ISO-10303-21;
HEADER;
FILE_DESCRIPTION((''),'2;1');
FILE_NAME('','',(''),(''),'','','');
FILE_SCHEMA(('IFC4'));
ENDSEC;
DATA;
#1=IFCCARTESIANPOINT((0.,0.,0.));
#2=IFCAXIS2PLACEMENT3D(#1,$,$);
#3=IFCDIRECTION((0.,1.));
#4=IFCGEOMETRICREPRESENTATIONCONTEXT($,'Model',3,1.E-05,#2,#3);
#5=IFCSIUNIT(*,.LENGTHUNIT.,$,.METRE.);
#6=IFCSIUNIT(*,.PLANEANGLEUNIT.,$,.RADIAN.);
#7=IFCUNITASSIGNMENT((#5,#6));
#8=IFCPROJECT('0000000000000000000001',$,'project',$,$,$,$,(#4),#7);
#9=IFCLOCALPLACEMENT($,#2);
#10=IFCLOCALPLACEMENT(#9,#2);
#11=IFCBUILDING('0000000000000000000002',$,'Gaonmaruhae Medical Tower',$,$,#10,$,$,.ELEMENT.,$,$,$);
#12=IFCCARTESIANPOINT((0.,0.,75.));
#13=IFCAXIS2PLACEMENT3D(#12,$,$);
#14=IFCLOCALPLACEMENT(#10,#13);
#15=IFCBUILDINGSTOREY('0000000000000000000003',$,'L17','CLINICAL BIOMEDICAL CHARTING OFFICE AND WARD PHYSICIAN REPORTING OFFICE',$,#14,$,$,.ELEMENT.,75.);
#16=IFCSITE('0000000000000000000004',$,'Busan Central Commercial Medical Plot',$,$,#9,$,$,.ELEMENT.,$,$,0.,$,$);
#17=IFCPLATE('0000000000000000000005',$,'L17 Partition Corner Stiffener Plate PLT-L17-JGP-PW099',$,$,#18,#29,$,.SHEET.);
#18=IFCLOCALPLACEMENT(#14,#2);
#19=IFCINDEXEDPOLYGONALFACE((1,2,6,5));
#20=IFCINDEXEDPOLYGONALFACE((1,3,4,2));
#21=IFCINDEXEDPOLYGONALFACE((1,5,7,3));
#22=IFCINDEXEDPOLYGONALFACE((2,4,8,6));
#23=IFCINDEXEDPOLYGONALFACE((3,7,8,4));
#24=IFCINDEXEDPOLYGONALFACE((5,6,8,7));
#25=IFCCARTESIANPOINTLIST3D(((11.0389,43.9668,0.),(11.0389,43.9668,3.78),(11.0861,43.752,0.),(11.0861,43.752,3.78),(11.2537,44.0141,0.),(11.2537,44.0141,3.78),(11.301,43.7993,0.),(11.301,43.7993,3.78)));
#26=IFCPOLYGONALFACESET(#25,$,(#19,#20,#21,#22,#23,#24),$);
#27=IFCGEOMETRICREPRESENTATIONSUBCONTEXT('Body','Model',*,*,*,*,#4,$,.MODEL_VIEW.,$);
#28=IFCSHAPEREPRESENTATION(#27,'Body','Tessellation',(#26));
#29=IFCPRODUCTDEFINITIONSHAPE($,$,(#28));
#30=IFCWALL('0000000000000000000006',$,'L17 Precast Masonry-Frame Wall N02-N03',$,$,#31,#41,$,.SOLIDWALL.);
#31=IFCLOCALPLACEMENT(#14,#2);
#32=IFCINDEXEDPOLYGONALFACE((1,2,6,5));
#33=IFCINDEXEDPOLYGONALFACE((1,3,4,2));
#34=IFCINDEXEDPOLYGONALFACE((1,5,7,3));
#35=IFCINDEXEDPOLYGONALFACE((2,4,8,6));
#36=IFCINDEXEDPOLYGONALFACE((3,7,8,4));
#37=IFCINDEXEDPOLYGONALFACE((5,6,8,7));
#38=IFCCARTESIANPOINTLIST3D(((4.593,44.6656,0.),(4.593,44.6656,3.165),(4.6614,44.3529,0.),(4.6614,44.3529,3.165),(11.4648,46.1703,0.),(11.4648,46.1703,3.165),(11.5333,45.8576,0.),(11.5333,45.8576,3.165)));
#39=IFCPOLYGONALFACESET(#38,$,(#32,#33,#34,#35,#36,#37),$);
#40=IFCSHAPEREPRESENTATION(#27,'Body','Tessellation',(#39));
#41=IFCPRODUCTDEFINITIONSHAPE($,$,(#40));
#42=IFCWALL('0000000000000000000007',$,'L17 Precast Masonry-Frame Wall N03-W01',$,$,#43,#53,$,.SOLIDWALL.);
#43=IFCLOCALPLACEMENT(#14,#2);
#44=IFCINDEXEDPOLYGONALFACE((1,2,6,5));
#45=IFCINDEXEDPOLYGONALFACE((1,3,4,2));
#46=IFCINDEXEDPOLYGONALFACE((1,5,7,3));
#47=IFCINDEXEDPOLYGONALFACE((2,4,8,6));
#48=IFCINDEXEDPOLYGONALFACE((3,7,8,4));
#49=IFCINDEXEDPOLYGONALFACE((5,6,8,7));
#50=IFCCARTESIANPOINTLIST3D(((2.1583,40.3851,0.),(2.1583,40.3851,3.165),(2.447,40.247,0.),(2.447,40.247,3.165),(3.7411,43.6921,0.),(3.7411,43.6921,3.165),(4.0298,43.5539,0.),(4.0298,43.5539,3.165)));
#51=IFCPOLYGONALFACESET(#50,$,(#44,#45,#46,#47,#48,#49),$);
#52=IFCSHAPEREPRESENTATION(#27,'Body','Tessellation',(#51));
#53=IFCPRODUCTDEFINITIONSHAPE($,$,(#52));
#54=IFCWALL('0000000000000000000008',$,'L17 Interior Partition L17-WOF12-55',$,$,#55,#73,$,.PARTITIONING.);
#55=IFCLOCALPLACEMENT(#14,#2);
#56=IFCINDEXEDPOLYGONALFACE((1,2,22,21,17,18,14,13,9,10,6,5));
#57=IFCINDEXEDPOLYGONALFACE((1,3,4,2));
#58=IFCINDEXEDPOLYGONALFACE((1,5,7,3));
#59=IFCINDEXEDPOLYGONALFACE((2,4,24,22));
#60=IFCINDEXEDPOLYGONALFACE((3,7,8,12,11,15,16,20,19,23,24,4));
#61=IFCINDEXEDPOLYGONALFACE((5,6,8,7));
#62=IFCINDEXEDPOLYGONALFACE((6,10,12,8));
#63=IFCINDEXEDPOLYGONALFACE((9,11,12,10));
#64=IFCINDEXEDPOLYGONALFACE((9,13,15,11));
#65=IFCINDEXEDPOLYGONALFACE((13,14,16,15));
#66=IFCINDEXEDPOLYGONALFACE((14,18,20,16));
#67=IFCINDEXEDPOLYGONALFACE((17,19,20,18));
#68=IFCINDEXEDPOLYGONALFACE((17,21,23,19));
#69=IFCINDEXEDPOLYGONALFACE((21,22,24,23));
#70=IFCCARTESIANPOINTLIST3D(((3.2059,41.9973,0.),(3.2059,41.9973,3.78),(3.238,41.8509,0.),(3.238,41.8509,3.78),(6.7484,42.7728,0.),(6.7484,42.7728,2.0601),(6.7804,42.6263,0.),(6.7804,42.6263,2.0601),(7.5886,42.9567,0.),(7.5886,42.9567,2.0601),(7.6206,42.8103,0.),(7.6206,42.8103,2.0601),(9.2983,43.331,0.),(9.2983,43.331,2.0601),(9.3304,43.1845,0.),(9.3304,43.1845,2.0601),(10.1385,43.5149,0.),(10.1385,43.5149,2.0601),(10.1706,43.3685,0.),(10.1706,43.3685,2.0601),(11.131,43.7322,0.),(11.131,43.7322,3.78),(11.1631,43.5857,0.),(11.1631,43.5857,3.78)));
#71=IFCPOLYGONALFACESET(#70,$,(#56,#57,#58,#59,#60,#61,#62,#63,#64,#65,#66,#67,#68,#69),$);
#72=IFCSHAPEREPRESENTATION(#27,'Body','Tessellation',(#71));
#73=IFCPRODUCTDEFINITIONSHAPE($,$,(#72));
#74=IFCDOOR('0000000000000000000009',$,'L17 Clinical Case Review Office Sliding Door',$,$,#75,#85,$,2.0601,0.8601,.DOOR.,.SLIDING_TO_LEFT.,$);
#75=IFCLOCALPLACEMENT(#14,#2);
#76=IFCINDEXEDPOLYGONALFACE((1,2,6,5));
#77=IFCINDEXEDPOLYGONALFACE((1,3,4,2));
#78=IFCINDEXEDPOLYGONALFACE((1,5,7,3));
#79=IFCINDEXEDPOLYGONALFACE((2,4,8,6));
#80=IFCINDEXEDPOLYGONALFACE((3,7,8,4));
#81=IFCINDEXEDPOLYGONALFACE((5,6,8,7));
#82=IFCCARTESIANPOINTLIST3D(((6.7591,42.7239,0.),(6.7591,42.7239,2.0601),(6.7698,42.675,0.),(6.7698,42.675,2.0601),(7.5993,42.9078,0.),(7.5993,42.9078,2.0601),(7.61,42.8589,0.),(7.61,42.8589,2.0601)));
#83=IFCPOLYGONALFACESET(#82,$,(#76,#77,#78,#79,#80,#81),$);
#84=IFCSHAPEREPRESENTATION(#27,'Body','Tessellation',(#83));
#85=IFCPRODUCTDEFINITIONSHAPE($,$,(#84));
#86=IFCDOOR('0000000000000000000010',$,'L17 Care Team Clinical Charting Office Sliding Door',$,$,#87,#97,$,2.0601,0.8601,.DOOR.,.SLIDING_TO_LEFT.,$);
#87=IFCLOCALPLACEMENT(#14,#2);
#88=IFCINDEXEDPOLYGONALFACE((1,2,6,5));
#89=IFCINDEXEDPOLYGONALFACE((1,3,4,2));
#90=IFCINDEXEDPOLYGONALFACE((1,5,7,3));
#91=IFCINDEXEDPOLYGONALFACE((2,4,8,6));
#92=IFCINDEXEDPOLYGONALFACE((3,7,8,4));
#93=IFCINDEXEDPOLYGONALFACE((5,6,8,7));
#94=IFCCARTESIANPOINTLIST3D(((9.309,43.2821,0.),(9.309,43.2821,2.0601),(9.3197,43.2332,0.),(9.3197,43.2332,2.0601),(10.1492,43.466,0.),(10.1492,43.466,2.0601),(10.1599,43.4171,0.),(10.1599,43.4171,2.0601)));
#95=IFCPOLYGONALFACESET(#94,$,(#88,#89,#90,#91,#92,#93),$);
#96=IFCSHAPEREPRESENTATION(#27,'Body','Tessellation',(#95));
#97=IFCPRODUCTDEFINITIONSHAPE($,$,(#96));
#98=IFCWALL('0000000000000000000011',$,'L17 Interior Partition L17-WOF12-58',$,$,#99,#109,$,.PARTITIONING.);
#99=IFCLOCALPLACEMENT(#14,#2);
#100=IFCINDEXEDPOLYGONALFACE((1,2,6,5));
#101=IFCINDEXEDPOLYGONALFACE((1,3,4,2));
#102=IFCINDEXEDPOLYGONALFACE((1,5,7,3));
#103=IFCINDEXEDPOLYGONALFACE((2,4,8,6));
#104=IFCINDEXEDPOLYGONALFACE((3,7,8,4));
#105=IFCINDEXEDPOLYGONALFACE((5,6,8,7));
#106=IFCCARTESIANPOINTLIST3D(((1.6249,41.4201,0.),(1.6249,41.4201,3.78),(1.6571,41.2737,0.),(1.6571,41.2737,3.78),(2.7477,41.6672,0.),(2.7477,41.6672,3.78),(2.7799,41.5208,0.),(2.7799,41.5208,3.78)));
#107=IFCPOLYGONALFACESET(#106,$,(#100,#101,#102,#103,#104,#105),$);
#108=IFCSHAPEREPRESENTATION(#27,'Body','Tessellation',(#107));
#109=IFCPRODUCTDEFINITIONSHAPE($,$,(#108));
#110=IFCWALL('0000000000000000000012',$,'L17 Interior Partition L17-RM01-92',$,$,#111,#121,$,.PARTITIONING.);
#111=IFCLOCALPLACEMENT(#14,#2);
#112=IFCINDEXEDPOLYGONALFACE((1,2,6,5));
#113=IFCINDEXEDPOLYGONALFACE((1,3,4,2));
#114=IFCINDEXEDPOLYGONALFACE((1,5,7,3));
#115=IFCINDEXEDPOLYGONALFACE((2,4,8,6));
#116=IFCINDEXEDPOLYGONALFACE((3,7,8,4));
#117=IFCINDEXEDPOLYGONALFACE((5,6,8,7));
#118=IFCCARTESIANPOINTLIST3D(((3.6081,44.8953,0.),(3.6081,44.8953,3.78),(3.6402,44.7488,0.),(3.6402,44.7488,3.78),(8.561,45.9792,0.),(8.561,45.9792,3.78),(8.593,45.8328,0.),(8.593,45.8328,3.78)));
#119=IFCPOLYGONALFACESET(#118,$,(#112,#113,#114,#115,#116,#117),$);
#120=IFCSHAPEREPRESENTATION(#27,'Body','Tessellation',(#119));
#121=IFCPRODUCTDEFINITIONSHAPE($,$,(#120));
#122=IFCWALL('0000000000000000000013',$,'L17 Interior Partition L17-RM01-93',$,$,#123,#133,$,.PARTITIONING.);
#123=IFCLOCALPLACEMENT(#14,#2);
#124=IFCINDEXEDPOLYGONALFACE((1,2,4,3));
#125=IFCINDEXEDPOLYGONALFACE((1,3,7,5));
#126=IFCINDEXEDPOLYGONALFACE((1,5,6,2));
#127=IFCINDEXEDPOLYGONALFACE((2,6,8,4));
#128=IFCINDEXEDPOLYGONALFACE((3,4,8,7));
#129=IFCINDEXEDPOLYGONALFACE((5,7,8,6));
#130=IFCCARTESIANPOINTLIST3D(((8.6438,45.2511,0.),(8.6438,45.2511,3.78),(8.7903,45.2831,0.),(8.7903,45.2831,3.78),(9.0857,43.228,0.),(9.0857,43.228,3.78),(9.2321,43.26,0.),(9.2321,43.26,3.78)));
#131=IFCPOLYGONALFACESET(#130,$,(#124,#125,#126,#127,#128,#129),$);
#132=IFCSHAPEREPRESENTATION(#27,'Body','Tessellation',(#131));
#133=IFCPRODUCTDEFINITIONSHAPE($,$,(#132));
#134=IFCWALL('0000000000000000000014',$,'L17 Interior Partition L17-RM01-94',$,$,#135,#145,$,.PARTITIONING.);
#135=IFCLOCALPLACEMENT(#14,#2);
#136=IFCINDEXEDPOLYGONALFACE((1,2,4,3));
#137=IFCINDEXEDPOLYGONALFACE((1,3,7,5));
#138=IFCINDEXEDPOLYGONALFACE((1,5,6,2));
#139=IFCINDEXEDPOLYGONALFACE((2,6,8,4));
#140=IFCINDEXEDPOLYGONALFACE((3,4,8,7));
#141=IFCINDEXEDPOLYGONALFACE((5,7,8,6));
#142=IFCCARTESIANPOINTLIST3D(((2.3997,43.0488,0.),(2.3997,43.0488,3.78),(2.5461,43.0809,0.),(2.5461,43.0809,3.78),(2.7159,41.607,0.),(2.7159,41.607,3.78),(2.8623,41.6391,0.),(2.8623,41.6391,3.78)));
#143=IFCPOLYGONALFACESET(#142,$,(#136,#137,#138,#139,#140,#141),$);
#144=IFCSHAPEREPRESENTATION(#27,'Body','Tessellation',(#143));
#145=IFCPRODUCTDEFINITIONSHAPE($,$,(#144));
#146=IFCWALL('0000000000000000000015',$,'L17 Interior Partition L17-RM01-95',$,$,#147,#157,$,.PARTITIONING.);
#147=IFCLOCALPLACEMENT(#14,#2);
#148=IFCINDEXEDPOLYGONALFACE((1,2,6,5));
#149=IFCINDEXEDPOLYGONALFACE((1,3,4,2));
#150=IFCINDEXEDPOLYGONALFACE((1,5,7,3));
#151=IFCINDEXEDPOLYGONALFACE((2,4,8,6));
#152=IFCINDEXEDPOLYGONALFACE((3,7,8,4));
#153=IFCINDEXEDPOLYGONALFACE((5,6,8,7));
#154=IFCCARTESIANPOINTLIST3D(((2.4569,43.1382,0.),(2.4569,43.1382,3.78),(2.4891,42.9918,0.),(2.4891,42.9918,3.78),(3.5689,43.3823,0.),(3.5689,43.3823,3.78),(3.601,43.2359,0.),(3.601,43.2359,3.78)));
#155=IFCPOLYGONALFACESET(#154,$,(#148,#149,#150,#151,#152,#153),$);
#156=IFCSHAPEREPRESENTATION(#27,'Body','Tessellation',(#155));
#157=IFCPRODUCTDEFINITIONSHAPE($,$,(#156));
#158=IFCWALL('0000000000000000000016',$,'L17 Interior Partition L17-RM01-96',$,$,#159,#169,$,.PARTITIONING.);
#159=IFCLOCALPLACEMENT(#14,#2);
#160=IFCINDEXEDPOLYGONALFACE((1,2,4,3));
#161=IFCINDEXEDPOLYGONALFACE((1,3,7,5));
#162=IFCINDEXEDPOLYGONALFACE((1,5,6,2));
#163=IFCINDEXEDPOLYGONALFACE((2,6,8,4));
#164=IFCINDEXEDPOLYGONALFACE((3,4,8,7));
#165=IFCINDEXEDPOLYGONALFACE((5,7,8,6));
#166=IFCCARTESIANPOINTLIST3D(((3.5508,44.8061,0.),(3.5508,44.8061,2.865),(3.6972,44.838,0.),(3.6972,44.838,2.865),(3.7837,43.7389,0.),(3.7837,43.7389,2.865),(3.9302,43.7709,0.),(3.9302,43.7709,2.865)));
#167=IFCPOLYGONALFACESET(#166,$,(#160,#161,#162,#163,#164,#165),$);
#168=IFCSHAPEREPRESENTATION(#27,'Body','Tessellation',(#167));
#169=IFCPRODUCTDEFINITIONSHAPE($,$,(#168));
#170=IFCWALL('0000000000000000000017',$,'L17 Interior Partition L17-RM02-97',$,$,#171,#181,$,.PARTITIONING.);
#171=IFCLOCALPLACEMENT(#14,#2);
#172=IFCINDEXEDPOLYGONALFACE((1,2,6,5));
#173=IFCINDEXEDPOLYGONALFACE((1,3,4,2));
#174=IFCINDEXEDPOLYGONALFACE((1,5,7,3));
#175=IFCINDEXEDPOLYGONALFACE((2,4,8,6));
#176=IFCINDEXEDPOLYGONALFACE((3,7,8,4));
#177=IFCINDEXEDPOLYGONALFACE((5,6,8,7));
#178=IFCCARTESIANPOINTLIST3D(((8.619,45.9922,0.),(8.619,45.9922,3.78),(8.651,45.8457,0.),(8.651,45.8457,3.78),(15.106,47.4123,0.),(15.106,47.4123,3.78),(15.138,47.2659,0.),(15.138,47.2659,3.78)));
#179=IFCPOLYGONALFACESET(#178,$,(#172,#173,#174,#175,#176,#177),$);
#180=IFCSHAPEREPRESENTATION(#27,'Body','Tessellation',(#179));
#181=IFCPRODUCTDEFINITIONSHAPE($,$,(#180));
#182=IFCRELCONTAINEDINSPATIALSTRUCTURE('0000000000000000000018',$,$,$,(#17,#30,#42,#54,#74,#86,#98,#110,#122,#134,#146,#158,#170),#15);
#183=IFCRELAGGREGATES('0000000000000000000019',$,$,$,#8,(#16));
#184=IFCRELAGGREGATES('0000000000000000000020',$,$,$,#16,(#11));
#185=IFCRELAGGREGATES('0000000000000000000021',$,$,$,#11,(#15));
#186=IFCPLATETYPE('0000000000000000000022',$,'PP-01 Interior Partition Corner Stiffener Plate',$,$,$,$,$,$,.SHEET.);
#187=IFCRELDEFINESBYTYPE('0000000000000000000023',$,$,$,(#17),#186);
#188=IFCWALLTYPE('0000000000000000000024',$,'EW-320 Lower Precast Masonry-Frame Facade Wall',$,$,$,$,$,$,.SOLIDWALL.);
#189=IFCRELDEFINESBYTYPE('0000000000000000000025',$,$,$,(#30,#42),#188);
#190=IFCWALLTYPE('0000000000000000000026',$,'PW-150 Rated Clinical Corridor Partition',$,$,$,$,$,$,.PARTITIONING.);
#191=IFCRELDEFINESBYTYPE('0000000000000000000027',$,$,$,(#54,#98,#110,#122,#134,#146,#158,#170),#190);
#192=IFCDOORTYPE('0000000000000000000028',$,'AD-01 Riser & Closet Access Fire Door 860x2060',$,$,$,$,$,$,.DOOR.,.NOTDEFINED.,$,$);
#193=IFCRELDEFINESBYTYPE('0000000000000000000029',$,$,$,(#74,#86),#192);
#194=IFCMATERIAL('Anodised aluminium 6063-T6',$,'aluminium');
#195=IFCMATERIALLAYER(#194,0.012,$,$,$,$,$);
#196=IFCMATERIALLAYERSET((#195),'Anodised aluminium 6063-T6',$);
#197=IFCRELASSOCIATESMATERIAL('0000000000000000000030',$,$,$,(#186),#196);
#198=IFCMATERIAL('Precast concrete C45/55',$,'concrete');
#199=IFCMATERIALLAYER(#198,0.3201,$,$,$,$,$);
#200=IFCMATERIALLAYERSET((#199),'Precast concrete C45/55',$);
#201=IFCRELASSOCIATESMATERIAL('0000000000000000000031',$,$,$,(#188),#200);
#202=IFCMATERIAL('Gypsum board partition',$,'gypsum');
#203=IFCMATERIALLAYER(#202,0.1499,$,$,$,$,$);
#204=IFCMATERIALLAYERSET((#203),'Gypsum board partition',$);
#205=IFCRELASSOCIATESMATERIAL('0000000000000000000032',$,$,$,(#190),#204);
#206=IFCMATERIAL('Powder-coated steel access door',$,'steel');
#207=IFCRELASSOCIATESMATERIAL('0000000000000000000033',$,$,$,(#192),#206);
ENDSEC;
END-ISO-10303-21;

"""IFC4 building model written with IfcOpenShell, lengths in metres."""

from ifc_helpers import new_model, si_unit, direction, frame, frame_2d, origin, origin_2d, place, context, subcontext, project, spatial, rectangle, extrude, material, layer, layer_set, type_object, element, fill, save


model = new_model("IFC4")

# Units and contexts
model_context = context("Model", 3, precision=1e-05, world=origin(), true_north=direction((0.0, 1.0)))
body_context = subcontext(model_context, "Body", "Model", "MODEL_VIEW")
ifc_project = project(units=[si_unit("LENGTHUNIT", "METRE"), si_unit("PLANEANGLEUNIT", "RADIAN")], contexts=[model_context])

# Site, building, storey
site_placement = place(None, origin())
site = spatial("IfcSite", under=ifc_project, at=site_placement, Name="Busan Central Commercial Medical Plot", CompositionType="ELEMENT", RefElevation=0.0)
building_placement = place(site_placement, origin())
building = spatial("IfcBuilding", under=site, at=building_placement, Name="Gaonmaruhae Medical Tower", CompositionType="ELEMENT")
storey_placement = place(building_placement, frame((0.0, 0.0, 75.0)))
storey = spatial("IfcBuildingStorey", under=building, at=storey_placement, Name="L17", Description="CLINICAL BIOMEDICAL CHARTING OFFICE AND WARD PHYSICIAN REPORTING OFFICE", CompositionType="ELEMENT", Elevation=75.0)

# Plate
ifc_material_1 = material(Name="Anodised aluminium 6063-T6", Category="aluminium")
ifc_layer_1 = layer(ifc_material_1, 0.012)
ifc_layer_set_1 = layer_set([ifc_layer_1], Name="Anodised aluminium 6063-T6")
plate_type_1 = type_object("IfcPlateType", Name="PP-01 Interior Partition Corner Stiffener Plate", PredefinedType="SHEET", material=ifc_layer_set_1)
plate_1_placement = place(storey_placement, frame((11.1699, 43.8831, 0.0), z_axis=(0.0, 0.0, 1.0), x_axis=(0.214957, -0.976624, 0.0)))
element("IfcPlate", 1, at=plate_1_placement, inside=storey, type_object=plate_type_1, Name="L17 Partition Corner Stiffener Plate PLT-L17-JGP-PW099", PredefinedType="SHEET", context=body_context, shape_type="SweptSolid", body=[
    extrude(rectangle(XDim=0.22, YDim=0.22, at=origin_2d()), origin(), (0.0, 0.0, 1.0), 3.78),
])

# Walls
ifc_material_2 = material(Name="Precast concrete C45/55", Category="concrete")
ifc_layer_2 = layer(ifc_material_2, 0.3201)
ifc_layer_set_2 = layer_set([ifc_layer_2], Name="Precast concrete C45/55")
wall_type_1 = type_object("IfcWallType", Name="EW-320 Lower Precast Masonry-Frame Facade Wall", PredefinedType="SOLIDWALL", material=ifc_layer_set_2)
wall_1_placement = place(storey_placement, frame((4.6272, 44.5093, 0.0), z_axis=(0.0, 0.0, 1.0), x_axis=(0.976858, 0.21389, 0.0)))
element("IfcWall", 2, at=wall_1_placement, inside=storey, type_object=wall_type_1, Name="L17 Precast Masonry-Frame Wall N02-N03", PredefinedType="SOLIDWALL", context=body_context, shape_type="SweptSolid", body=[
    extrude(rectangle(XDim=7.0347, YDim=0.3201, at=frame_2d((3.5173, 0.0))), origin(), (0.0, 0.0, 1.0), 3.165),
])
wall_2_placement = place(storey_placement, frame((2.3027, 40.3162, 0.0), z_axis=(0.0, 0.0, 1.0), x_axis=(0.431724, 0.902006, 0.0)))
element("IfcWall", 3, at=wall_2_placement, inside=storey, type_object=wall_type_1, Name="L17 Precast Masonry-Frame Wall N03-W01", PredefinedType="SOLIDWALL", context=body_context, shape_type="SweptSolid", body=[
    extrude(rectangle(XDim=3.6663, YDim=0.3201, at=frame_2d((1.833, 0.0))), origin(), (0.0, 0.0, 1.0), 3.165),
])

# Wall, openings, doors
ifc_material_3 = material(Name="Gypsum board partition", Category="gypsum")
ifc_layer_3 = layer(ifc_material_3, 0.1499)
ifc_layer_set_3 = layer_set([ifc_layer_3], Name="Gypsum board partition")
wall_type_2 = type_object("IfcWallType", Name="PW-150 Rated Clinical Corridor Partition", PredefinedType="PARTITIONING", material=ifc_layer_set_3)
wall_3_placement = place(storey_placement, frame((3.2219, 41.9241, 0.0), z_axis=(0.0, 0.0, 1.0), x_axis=(0.976868, 0.213845, 0.0)))
wall_3 = element("IfcWall", 4, at=wall_3_placement, inside=storey, type_object=wall_type_2, Name="L17 Interior Partition L17-WOF12-55", PredefinedType="PARTITIONING", context=body_context, shape_type="SweptSolid", body=[
    extrude(rectangle(XDim=8.1128, YDim=0.1499, at=frame_2d((4.0564, 0.0))), origin(), (0.0, 0.0, 1.0), 3.78),
])
opening_1_placement = place(wall_3_placement, frame((3.6262, 0.0, 0.0)))
opening_1 = element("IfcOpeningElement", 5, at=opening_1_placement, cuts=wall_3, PredefinedType="OPENING", context=body_context, shape_type="SweptSolid", body=[
    extrude(rectangle(XDim=0.8601, YDim=2.0601, at=frame_2d((0.4302, 1.03))), frame((0.0, 0.085, 0.0), z_axis=(0.0, -1.0, 0.0), x_axis=(1.0, 0.0, 0.0)), (0.0, 0.0, 1.0), 0.1699),
])
opening_2_placement = place(wall_3_placement, frame((6.2366, 0.0, 0.0)))
opening_2 = element("IfcOpeningElement", 6, at=opening_2_placement, cuts=wall_3, PredefinedType="OPENING", context=body_context, shape_type="SweptSolid", body=[
    extrude(rectangle(XDim=0.8601, YDim=2.0601, at=frame_2d((0.4302, 1.03))), frame((0.0, 0.085, 0.0), z_axis=(0.0, -1.0, 0.0), x_axis=(1.0, 0.0, 0.0)), (0.0, 0.0, 1.0), 0.1699),
])
ifc_material_4 = material(Name="Powder-coated steel access door", Category="steel")
door_type_1 = type_object("IfcDoorType", Name="AD-01 Riser & Closet Access Fire Door 860x2060", OperationType="NOTDEFINED", PredefinedType="DOOR", material=ifc_material_4)
door_1_placement = place(opening_1_placement, origin())
door_1 = element("IfcDoor", 7, at=door_1_placement, inside=storey, type_object=door_type_1, Name="L17 Clinical Case Review Office Sliding Door", OperationType="SLIDING_TO_LEFT", OverallHeight=2.0601, OverallWidth=0.8601, PredefinedType="DOOR", context=body_context, shape_type="SweptSolid", body=[
    extrude(rectangle(XDim=0.8601, YDim=2.0601, at=frame_2d((0.4302, 1.03))), frame((0.0, 0.0249, 0.0), z_axis=(0.0, -1.0, 0.0), x_axis=(1.0, 0.0, 0.0)), (0.0, 0.0, 1.0), 0.05),
])
fill(opening_1, door_1)
door_2_placement = place(opening_2_placement, origin())
door_2 = element("IfcDoor", 8, at=door_2_placement, inside=storey, type_object=door_type_1, Name="L17 Care Team Clinical Charting Office Sliding Door", OperationType="SLIDING_TO_LEFT", OverallHeight=2.0601, OverallWidth=0.8601, PredefinedType="DOOR", context=body_context, shape_type="SweptSolid", body=[
    extrude(rectangle(XDim=0.8601, YDim=2.0601, at=frame_2d((0.4302, 1.03))), frame((0.0, 0.0249, 0.0), z_axis=(0.0, -1.0, 0.0), x_axis=(1.0, 0.0, 0.0)), (0.0, 0.0, 1.0), 0.05),
])
fill(opening_2, door_2)

# Walls
wall_4_placement = place(storey_placement, frame((1.6411, 41.3469, 0.0), z_axis=(0.0, 0.0, 1.0), x_axis=(0.976635, 0.214906, 0.0)))
element("IfcWall", 9, at=wall_4_placement, inside=storey, type_object=wall_type_2, Name="L17 Interior Partition L17-WOF12-58", PredefinedType="PARTITIONING", context=body_context, shape_type="SweptSolid", body=[
    extrude(rectangle(XDim=1.1497, YDim=0.1499, at=frame_2d((0.5747, 0.0))), origin(), (0.0, 0.0, 1.0), 3.78),
])
wall_5_placement = place(storey_placement, frame((3.624, 44.822, 0.0), z_axis=(0.0, 0.0, 1.0), x_axis=(0.976878, 0.213799, 0.0)))
element("IfcWall", 10, at=wall_5_placement, inside=storey, type_object=wall_type_2, Name="L17 Interior Partition L17-RM01-92", PredefinedType="PARTITIONING", context=body_context, shape_type="SweptSolid", body=[
    extrude(rectangle(XDim=5.0701, YDim=0.1499, at=frame_2d((2.5352, 0.0))), origin(), (0.0, 0.0, 1.0), 3.78),
])
wall_6_placement = place(storey_placement, frame((8.717, 45.2671, 0.0), z_axis=(0.0, 0.0, 1.0), x_axis=(0.213384, -0.976968, 0.0)))
element("IfcWall", 11, at=wall_6_placement, inside=storey, type_object=wall_type_2, Name="L17 Interior Partition L17-RM01-93", PredefinedType="PARTITIONING", context=body_context, shape_type="SweptSolid", body=[
    extrude(rectangle(XDim=2.0708, YDim=0.1499, at=frame_2d((1.0354, 0.0))), origin(), (0.0, 0.0, 1.0), 3.78),
])
wall_7_placement = place(storey_placement, frame((2.7891, 41.623, 0.0), z_axis=(0.0, 0.0, 1.0), x_axis=(-0.21418, 0.976794, 0.0)))
element("IfcWall", 12, at=wall_7_placement, inside=storey, type_object=wall_type_2, Name="L17 Interior Partition L17-RM01-94", PredefinedType="PARTITIONING", context=body_context, shape_type="SweptSolid", body=[
    extrude(rectangle(XDim=1.4761, YDim=0.1499, at=frame_2d((0.738, 0.0))), origin(), (0.0, 0.0, 1.0), 3.78),
])
wall_8_placement = place(storey_placement, frame((2.4729, 43.0649, 0.0), z_axis=(0.0, 0.0, 1.0), x_axis=(0.976739, 0.214432, 0.0)))
element("IfcWall", 13, at=wall_8_placement, inside=storey, type_object=wall_type_2, Name="L17 Interior Partition L17-RM01-95", PredefinedType="PARTITIONING", context=body_context, shape_type="SweptSolid", body=[
    extrude(rectangle(XDim=1.1384, YDim=0.1499, at=frame_2d((0.5693, 0.0))), origin(), (0.0, 0.0, 1.0), 3.78),
])
wall_9_placement = place(storey_placement, frame((3.8569, 43.7549, 0.0), z_axis=(0.0, 0.0, 1.0), x_axis=(-0.213237, 0.977001, 0.0)))
element("IfcWall", 14, at=wall_9_placement, inside=storey, type_object=wall_type_2, Name="L17 Interior Partition L17-RM01-96", PredefinedType="PARTITIONING", context=body_context, shape_type="SweptSolid", body=[
    extrude(rectangle(XDim=1.0923, YDim=0.1499, at=frame_2d((0.5461, 0.0))), origin(), (0.0, 0.0, 1.0), 2.865),
])
wall_10_placement = place(storey_placement, frame((8.635, 45.9189, 0.0), z_axis=(0.0, 0.0, 1.0), x_axis=(0.976865, 0.213858, 0.0)))
element("IfcWall", 15, at=wall_10_placement, inside=storey, type_object=wall_type_2, Name="L17 Interior Partition L17-RM02-97", PredefinedType="PARTITIONING", context=body_context, shape_type="SweptSolid", body=[
    extrude(rectangle(XDim=6.6406, YDim=0.1499, at=frame_2d((3.3203, 0.0))), origin(), (0.0, 0.0, 1.0), 3.78),
])

save(model, "model.ifc")
